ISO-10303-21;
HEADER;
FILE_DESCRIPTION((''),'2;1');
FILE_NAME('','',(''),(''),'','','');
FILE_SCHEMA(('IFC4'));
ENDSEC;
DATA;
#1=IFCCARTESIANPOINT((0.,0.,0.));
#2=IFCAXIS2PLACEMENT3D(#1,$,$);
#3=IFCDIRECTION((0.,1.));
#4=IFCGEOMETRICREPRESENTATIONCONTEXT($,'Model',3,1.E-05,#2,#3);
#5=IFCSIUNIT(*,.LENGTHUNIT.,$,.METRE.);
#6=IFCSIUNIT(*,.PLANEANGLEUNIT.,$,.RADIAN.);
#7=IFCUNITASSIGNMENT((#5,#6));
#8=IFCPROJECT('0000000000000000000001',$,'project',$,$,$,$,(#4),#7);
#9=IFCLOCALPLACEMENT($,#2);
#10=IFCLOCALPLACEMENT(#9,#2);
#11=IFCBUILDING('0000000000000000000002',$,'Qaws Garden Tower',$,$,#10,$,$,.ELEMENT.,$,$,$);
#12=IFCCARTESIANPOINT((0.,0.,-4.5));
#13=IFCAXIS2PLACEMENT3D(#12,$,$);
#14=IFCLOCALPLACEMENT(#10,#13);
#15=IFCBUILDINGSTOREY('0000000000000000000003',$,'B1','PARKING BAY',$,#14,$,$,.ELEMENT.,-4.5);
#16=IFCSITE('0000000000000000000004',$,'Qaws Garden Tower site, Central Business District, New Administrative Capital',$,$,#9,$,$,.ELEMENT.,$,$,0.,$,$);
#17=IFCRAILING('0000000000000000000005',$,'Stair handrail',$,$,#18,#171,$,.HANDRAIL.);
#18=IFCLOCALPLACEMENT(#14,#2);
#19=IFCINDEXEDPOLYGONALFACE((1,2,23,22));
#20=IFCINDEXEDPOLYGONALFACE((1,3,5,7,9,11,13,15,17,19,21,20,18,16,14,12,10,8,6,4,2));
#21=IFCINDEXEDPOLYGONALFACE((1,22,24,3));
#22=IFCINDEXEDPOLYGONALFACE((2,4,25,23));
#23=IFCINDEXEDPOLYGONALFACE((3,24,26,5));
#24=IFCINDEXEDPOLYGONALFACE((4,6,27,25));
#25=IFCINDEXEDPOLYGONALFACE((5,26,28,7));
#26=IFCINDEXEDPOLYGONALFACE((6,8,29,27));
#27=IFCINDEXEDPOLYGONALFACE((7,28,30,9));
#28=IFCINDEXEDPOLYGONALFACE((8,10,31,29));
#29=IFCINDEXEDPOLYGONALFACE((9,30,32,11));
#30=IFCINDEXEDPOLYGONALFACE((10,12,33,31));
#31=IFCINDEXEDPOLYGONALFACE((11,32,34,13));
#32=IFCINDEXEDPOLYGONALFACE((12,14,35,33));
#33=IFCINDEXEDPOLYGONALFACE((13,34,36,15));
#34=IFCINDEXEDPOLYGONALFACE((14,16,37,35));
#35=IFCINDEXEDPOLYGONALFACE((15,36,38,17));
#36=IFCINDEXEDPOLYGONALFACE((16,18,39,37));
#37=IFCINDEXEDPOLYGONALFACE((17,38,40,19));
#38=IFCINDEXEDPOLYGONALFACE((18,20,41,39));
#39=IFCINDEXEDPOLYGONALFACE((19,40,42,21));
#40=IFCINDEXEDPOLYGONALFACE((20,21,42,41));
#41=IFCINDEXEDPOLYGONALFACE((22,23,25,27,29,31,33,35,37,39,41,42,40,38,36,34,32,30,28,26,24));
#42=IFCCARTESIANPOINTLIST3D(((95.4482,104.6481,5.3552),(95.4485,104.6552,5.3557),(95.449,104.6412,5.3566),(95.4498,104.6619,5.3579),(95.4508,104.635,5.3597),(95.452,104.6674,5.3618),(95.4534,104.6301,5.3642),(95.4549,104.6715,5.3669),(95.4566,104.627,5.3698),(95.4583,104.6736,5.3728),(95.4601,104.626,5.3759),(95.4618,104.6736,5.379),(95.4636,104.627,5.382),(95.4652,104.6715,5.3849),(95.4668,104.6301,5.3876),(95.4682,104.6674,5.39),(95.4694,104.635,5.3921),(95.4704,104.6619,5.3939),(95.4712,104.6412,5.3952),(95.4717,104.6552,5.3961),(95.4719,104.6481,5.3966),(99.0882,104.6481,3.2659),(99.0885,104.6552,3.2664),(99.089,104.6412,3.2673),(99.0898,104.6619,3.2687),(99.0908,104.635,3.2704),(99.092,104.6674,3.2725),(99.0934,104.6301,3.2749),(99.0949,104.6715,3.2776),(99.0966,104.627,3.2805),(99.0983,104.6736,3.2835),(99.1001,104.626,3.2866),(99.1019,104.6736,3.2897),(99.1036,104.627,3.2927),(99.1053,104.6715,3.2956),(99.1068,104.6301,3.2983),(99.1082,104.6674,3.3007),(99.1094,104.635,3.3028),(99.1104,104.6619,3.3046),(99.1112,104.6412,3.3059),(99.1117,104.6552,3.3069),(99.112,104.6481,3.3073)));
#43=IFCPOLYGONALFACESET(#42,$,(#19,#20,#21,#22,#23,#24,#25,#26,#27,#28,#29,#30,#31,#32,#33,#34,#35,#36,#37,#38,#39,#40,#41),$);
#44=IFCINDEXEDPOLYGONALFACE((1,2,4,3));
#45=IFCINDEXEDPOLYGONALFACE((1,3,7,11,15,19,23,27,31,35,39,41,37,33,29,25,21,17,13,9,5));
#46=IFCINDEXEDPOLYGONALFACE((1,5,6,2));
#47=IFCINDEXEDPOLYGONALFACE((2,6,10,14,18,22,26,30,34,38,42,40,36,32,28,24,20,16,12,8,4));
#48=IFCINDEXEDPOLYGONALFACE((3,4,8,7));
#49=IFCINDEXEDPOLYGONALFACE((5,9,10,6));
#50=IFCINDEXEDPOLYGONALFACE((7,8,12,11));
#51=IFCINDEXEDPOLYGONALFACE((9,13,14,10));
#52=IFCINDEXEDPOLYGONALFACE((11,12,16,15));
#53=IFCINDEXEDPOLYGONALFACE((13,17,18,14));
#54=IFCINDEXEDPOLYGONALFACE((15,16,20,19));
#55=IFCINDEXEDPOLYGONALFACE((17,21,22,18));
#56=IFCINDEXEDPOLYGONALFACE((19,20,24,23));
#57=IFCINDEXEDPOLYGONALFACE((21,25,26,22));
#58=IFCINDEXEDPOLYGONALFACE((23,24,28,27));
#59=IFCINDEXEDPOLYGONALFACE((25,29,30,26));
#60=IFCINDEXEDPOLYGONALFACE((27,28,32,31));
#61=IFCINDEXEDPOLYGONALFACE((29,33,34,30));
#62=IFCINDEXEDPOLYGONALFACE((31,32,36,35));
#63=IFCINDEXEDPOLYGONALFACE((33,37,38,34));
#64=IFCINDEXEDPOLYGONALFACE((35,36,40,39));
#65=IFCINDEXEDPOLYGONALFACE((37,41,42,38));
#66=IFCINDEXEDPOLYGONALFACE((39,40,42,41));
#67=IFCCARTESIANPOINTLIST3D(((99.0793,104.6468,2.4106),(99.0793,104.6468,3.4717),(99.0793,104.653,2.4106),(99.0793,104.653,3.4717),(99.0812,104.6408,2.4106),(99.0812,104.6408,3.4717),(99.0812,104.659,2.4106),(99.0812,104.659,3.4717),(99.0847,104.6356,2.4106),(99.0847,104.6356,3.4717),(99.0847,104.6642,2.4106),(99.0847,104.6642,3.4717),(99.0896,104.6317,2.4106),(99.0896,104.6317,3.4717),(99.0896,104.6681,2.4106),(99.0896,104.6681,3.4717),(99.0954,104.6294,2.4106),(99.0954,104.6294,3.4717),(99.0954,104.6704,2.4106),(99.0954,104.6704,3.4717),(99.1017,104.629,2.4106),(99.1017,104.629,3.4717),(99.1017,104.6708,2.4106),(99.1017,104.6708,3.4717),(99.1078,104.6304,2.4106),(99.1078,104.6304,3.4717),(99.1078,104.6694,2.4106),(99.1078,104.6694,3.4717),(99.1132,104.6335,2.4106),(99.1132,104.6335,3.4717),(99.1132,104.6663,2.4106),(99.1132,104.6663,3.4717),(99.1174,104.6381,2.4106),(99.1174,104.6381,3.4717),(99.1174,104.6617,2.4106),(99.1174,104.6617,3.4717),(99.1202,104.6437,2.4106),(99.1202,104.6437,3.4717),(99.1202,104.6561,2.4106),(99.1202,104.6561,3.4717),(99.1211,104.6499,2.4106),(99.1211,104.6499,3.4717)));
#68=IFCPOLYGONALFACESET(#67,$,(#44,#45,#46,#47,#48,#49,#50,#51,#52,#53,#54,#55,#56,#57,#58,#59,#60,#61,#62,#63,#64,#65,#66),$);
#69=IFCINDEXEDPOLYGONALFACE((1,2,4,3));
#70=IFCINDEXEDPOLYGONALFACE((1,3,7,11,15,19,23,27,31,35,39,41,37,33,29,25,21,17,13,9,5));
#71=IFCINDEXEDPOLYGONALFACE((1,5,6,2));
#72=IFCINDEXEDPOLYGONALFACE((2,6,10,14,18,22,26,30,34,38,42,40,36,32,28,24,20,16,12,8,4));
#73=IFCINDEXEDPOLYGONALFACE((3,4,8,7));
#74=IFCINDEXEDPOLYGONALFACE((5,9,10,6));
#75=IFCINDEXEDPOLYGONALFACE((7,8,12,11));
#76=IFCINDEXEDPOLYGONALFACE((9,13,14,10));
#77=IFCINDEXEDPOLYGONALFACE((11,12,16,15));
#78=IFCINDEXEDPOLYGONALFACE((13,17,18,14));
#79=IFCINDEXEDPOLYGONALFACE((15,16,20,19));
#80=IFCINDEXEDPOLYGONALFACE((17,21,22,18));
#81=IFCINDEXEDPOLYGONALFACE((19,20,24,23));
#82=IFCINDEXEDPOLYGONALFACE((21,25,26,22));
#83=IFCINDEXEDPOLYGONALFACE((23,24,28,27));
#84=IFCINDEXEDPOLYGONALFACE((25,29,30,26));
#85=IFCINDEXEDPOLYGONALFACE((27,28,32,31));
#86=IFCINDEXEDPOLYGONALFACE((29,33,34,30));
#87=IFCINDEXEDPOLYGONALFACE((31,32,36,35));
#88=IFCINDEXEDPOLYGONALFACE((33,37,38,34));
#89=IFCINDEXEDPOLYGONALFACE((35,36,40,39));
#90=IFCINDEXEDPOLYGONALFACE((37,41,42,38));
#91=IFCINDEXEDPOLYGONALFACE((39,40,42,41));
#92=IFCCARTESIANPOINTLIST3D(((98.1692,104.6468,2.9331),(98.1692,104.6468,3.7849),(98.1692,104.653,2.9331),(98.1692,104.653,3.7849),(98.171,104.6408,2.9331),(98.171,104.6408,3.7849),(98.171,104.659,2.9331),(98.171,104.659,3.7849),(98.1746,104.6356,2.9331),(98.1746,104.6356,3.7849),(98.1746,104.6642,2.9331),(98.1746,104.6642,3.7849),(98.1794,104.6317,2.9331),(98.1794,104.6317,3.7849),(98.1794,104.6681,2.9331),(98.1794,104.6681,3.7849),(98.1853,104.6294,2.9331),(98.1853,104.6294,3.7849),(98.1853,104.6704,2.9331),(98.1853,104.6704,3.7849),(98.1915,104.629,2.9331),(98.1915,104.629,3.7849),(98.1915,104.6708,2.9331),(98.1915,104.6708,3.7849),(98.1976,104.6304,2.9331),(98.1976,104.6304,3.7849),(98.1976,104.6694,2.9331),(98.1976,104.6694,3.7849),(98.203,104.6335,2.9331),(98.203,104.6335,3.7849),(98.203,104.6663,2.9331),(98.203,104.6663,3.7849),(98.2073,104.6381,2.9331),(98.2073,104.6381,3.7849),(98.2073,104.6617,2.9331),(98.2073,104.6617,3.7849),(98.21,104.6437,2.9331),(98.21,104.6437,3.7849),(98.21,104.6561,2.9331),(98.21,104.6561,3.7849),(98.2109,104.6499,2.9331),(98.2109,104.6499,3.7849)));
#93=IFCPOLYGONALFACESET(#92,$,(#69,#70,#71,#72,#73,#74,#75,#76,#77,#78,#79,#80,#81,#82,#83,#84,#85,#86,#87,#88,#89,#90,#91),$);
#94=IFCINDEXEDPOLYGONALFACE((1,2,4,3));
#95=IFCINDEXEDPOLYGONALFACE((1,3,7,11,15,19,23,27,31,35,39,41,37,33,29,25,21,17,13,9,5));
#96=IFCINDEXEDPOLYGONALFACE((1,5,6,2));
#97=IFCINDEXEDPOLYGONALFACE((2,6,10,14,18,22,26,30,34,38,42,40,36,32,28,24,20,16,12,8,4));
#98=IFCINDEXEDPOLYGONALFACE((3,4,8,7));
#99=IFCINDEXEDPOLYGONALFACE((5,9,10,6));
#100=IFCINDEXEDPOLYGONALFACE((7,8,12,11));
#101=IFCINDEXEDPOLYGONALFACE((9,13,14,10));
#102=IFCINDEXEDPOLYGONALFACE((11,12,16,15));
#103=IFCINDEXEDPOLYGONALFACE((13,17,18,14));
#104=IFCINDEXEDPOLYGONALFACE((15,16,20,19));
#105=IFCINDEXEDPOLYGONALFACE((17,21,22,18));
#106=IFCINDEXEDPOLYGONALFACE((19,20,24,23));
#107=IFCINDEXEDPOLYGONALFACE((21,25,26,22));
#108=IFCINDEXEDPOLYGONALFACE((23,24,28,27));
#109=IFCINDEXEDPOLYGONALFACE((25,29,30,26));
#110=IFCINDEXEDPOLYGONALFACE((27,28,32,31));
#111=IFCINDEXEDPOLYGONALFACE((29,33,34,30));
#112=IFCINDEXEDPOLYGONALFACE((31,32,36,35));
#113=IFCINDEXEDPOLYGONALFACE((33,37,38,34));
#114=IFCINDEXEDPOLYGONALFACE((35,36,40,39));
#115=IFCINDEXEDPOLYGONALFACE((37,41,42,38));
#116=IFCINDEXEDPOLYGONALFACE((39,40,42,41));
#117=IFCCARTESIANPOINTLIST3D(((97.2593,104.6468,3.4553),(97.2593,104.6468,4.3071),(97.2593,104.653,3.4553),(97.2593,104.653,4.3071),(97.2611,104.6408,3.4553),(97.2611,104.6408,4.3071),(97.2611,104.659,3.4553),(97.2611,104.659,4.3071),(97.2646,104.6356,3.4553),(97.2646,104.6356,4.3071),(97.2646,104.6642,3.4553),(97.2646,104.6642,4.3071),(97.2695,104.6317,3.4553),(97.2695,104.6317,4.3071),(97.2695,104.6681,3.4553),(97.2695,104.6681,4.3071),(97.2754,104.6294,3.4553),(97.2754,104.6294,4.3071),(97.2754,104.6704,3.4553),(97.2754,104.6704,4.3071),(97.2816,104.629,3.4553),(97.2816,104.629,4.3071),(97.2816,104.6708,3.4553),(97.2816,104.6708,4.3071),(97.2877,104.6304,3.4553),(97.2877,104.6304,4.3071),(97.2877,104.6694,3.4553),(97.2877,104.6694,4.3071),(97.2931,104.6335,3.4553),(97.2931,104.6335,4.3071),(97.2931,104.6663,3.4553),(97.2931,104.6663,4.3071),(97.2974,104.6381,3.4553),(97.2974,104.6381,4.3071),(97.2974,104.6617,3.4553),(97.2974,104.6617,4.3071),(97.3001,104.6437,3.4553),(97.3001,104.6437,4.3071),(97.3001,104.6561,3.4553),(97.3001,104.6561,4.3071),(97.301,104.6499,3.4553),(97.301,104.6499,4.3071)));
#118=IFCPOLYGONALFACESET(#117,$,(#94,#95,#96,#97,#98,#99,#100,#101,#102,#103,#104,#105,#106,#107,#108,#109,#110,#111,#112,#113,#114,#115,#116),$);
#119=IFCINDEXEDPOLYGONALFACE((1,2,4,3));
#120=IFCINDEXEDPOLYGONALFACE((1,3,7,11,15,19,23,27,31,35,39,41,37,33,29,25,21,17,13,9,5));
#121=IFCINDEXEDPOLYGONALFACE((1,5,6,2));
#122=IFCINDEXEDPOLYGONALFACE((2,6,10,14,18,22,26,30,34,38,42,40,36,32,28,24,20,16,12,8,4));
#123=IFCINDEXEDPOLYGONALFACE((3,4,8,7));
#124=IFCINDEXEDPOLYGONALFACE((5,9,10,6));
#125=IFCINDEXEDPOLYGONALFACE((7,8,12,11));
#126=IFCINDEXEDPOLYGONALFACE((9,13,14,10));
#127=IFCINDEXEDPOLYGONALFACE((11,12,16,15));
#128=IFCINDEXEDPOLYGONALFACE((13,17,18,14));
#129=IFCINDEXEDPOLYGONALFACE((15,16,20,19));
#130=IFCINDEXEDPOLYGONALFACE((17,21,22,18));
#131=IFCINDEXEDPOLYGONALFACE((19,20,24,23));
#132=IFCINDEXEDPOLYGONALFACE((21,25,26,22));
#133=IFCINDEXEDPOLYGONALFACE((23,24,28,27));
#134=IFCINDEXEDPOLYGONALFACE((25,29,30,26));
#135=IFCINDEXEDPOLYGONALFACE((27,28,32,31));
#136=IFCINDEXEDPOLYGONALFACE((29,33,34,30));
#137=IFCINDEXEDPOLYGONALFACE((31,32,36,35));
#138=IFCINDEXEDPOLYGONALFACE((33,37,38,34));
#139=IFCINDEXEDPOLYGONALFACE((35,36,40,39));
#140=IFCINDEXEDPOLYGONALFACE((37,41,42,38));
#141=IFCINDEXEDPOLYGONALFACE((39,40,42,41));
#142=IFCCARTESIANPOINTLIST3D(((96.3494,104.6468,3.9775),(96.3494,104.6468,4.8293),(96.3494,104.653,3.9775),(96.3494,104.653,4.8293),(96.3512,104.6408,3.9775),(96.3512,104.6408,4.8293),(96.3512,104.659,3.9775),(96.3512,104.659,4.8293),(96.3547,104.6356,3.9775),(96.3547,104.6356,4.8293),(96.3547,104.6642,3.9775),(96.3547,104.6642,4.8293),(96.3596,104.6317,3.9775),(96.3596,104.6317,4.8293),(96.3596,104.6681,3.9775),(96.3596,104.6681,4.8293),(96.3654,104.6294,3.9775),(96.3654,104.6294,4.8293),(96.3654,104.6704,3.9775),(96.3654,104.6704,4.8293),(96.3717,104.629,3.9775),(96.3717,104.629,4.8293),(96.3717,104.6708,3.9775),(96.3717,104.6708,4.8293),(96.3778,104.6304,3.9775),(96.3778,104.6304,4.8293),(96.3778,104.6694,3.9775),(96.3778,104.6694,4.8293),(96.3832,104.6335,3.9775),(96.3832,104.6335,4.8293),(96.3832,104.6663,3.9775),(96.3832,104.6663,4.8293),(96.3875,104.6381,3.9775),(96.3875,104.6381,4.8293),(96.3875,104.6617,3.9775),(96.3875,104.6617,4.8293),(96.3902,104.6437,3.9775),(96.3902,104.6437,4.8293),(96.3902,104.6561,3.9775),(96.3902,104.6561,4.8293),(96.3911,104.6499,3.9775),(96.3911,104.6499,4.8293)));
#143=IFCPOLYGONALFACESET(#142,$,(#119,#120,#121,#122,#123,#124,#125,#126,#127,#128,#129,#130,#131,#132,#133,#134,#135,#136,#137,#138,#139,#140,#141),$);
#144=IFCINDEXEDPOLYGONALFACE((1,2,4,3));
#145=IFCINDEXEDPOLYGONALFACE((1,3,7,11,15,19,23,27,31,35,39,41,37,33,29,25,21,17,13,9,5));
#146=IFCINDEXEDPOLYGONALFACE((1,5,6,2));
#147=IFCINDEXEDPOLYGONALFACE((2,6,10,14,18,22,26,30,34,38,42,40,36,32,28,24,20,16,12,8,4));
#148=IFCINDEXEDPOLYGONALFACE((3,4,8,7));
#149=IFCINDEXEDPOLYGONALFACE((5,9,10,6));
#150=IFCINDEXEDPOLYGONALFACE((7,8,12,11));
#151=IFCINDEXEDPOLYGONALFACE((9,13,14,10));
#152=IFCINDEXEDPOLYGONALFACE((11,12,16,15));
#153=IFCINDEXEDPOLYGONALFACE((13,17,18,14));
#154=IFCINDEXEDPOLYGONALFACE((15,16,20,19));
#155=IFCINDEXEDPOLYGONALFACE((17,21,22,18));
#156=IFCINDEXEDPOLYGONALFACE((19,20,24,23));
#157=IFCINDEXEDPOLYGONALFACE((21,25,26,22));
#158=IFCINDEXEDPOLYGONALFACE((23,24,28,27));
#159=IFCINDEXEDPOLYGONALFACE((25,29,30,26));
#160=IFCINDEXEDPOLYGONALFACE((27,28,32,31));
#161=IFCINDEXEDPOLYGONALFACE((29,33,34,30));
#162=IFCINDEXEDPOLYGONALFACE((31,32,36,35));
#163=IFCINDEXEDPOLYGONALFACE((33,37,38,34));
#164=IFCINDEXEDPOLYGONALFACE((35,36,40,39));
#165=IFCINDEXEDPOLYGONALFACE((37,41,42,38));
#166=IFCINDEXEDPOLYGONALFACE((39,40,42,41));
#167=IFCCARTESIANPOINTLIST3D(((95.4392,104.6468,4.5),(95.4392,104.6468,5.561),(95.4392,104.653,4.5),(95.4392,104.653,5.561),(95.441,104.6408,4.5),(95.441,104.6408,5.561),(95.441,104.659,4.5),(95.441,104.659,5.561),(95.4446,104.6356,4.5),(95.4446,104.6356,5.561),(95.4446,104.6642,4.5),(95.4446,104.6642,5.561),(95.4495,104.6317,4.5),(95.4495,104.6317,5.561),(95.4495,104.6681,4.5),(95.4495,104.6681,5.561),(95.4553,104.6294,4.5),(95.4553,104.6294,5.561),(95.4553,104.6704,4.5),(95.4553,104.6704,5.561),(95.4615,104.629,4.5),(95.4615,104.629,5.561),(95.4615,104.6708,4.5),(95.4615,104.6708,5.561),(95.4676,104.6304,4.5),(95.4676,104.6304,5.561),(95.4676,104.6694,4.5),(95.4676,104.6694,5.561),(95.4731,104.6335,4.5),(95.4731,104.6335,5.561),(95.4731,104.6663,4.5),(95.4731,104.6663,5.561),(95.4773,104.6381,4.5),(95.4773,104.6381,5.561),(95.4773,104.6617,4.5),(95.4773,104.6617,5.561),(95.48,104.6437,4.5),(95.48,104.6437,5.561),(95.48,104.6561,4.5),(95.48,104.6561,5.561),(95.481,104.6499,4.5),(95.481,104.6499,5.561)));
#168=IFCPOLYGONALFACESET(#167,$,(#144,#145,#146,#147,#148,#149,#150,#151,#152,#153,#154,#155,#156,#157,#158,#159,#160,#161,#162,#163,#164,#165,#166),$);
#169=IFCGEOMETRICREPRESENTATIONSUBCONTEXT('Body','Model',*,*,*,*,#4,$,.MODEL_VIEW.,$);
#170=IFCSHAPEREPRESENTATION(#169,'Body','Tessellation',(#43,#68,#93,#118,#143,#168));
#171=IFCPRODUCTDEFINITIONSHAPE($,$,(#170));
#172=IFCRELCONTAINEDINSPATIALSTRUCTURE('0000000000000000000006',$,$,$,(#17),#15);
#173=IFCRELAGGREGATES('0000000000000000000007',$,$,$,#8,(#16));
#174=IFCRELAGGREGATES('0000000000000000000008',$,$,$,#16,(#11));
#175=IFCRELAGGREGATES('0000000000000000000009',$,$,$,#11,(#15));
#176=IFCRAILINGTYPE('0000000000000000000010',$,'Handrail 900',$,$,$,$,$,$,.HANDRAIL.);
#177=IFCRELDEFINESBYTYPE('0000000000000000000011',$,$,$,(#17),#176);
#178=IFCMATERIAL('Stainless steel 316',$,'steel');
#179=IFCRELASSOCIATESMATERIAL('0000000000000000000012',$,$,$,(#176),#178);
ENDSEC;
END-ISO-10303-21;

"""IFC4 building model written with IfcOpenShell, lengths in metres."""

from ifc_helpers import new_model, si_unit, direction, frame, origin, origin_2d, place, context, subcontext, project, spatial, circle, extrude, material, type_object, element, save


model = new_model("IFC4")

# Units and contexts
model_context = context("Model", 3, precision=1e-05, world=origin(), true_north=direction((0.0, 1.0)))
body_context = subcontext(model_context, "Body", "Model", "MODEL_VIEW")
ifc_project = project(units=[si_unit("LENGTHUNIT", "METRE"), si_unit("PLANEANGLEUNIT", "RADIAN")], contexts=[model_context])

# Site, building, storey
site_placement = place(None, origin())
site = spatial("IfcSite", under=ifc_project, at=site_placement, Name="Qaws Garden Tower site, Central Business District, New Administrative Capital", CompositionType="ELEMENT", RefElevation=0.0)
building_placement = place(site_placement, origin())
building = spatial("IfcBuilding", under=site, at=building_placement, Name="Qaws Garden Tower", CompositionType="ELEMENT")
storey_placement = place(building_placement, frame((0.0, 0.0, -4.5)))
storey = spatial("IfcBuildingStorey", under=building, at=storey_placement, Name="B1", Description="PARKING BAY", CompositionType="ELEMENT", Elevation=-4.5)

# Railing
ifc_material_1 = material(Name="Stainless steel 316", Category="steel")
railing_type_1 = type_object("IfcRailingType", Name="Handrail 900", PredefinedType="HANDRAIL", material=ifc_material_1)
for number, where, name in (
    (1, (99.1001, 104.6499, 2.4106), "Stair handrail"),
):
    element("IfcRailing", number, at=place(storey_placement, frame(where)), inside=storey, type_object=railing_type_1, Name=name, PredefinedType="HANDRAIL", context=body_context, shape_type="SweptSolid", body=[
        extrude(circle(Radius=0.0239, at=origin_2d()), frame((0.0, 0.0, 0.876), z_axis=(-0.867289, 0.0, 0.497804), x_axis=(0.0, -1.0, 0.0)), (0.0, 0.0, 1.0), 4.197),
        extrude(circle(Radius=0.021, at=origin_2d()), origin(), (0.0, 0.0, 1.0), 1.061),
        extrude(circle(Radius=0.021, at=origin_2d()), frame((-0.9102, 0.0, 0.5225)), (0.0, 0.0, 1.0), 0.8518),
        extrude(circle(Radius=0.021, at=origin_2d()), frame((-1.8201, 0.0, 1.0447)), (0.0, 0.0, 1.0), 0.8518),
        extrude(circle(Radius=0.021, at=origin_2d()), frame((-2.73, 0.0, 1.5669)), (0.0, 0.0, 1.0), 0.8518),
        extrude(circle(Radius=0.021, at=origin_2d()), frame((-3.6401, 0.0, 2.0894)), (0.0, 0.0, 1.0), 1.061),
    ])

save(model, "model.ifc")
